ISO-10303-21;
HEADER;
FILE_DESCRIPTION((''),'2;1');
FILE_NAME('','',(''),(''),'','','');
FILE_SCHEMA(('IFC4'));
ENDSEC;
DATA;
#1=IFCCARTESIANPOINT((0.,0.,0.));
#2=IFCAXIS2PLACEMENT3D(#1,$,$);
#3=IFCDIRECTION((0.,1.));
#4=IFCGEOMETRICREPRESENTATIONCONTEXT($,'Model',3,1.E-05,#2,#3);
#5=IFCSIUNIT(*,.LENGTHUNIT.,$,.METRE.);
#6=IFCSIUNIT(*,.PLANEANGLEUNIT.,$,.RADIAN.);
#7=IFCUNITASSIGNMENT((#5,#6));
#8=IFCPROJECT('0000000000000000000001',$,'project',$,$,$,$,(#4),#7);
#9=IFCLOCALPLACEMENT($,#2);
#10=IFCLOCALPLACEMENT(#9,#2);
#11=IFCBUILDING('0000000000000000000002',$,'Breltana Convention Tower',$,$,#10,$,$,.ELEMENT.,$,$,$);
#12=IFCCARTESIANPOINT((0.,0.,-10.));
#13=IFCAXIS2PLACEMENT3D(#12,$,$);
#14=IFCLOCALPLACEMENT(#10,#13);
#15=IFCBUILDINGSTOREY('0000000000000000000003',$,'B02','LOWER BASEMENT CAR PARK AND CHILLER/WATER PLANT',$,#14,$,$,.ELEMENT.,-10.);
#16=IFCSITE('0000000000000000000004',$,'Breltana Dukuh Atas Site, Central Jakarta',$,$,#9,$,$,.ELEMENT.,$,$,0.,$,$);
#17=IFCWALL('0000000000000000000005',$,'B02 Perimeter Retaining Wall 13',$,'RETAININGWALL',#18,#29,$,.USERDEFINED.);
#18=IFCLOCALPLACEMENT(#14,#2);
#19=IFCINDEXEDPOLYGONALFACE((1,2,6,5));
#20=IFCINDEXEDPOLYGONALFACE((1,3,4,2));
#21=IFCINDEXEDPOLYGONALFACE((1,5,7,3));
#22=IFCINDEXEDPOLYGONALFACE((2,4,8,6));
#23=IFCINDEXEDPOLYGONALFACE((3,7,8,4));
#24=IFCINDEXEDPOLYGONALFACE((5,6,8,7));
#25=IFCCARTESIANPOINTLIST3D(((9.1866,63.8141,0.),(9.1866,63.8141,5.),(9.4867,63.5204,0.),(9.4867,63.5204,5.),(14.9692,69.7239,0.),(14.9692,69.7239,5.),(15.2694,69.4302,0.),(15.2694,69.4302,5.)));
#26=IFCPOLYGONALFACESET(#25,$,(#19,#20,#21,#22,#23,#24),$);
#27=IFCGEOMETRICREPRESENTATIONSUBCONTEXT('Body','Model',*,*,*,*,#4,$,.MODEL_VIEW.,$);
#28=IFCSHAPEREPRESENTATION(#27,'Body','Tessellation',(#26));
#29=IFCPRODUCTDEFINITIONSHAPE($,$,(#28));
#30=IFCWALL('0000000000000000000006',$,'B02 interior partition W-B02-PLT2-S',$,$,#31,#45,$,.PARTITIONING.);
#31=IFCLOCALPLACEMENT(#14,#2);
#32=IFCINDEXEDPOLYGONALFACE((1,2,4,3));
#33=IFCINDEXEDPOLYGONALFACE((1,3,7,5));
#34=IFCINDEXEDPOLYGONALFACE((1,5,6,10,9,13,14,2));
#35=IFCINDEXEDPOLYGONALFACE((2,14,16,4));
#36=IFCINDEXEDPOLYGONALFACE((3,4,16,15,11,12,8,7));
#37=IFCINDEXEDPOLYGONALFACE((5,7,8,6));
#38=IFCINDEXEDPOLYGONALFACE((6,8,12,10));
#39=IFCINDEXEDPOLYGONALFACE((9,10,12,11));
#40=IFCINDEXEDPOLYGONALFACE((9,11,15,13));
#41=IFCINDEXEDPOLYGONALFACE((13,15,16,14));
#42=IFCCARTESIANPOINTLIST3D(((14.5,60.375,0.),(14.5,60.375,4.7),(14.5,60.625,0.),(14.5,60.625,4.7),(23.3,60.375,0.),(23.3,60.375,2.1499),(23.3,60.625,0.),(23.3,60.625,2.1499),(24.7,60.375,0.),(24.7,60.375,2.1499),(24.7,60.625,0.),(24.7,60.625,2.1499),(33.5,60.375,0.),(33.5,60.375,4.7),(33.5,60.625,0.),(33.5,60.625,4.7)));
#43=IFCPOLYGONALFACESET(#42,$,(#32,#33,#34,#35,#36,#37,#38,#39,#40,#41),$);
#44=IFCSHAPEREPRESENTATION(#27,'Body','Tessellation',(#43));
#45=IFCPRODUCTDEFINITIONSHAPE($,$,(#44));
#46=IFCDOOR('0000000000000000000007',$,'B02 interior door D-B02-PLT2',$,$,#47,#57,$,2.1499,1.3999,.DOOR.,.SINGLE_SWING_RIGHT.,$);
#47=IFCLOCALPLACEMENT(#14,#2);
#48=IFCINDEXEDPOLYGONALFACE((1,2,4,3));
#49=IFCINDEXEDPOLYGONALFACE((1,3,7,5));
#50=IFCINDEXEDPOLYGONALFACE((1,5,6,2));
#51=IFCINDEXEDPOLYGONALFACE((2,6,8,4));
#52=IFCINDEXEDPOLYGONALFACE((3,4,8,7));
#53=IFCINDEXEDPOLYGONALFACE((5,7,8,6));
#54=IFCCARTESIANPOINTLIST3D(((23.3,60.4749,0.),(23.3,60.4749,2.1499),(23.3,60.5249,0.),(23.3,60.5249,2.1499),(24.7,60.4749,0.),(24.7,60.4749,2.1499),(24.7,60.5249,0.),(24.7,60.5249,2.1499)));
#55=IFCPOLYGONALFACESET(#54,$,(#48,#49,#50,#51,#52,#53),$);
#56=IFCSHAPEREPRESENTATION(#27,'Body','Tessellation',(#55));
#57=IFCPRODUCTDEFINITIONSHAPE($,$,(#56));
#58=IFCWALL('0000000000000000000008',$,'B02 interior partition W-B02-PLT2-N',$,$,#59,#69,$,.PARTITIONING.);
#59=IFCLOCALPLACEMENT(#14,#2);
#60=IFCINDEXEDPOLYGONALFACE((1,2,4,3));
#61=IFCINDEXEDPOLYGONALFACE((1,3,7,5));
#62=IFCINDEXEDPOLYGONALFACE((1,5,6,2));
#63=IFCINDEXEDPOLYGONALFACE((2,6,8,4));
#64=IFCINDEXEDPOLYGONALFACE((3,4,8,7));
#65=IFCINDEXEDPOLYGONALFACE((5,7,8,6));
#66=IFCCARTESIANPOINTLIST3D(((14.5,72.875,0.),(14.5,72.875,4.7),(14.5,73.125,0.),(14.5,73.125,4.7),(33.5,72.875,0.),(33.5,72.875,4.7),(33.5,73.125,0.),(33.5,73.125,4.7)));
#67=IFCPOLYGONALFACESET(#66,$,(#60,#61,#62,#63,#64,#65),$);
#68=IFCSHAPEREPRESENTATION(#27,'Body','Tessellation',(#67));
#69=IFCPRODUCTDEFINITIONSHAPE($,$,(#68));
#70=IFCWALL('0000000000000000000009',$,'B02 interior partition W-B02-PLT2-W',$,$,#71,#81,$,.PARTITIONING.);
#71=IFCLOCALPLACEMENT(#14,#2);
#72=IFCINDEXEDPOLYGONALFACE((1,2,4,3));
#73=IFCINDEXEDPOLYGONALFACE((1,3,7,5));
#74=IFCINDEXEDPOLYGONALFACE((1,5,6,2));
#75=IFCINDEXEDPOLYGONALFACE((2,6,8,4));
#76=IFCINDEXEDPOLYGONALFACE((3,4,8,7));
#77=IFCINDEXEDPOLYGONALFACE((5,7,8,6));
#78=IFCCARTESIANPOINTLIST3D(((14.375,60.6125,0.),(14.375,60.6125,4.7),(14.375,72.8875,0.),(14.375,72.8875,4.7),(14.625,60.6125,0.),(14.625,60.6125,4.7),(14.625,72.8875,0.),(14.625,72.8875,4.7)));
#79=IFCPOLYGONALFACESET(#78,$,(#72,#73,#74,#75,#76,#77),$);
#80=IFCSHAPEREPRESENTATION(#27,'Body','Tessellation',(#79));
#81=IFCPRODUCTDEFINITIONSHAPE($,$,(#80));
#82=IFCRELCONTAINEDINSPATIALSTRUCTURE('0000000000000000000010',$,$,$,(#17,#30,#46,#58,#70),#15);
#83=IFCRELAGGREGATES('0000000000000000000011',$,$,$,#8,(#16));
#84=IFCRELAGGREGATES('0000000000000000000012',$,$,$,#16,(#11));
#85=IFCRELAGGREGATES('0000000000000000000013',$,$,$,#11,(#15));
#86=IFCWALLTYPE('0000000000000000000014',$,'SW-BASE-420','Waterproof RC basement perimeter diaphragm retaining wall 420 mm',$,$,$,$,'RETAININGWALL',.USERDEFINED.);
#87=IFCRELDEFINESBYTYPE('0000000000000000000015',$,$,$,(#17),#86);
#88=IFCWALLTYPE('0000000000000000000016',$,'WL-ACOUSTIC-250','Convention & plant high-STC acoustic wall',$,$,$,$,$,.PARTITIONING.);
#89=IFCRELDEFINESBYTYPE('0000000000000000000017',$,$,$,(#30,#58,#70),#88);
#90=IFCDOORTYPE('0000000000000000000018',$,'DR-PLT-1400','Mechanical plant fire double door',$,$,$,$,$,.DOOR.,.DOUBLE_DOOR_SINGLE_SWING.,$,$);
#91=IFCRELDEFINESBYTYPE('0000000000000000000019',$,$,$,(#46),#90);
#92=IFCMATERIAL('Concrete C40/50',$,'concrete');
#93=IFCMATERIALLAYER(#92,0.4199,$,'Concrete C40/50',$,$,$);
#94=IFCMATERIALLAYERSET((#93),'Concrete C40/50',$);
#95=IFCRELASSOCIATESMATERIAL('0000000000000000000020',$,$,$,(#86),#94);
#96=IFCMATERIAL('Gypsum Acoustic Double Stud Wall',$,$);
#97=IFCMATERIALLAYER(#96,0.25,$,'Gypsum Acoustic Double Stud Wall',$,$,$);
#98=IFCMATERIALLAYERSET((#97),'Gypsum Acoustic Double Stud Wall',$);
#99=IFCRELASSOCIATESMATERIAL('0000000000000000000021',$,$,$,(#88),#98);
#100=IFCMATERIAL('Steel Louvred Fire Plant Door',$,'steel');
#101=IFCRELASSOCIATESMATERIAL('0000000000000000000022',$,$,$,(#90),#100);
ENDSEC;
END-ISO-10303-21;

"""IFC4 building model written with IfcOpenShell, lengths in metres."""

from ifc_helpers import new_model, si_unit, direction, frame, frame_2d, origin, place, context, subcontext, project, spatial, rectangle, extrude, source, transform, mapped, material, layer, layer_set, type_object, type_shapes, element, fill, save


model = new_model("IFC4")

# Units and contexts
model_context = context("Model", 3, precision=1e-05, world=origin(), true_north=direction((0.0, 1.0)))
body_context = subcontext(model_context, "Body", "Model", "MODEL_VIEW")
ifc_project = project(units=[si_unit("LENGTHUNIT", "METRE"), si_unit("PLANEANGLEUNIT", "RADIAN")], contexts=[model_context])

# Site, building, storey
site_placement = place(None, origin())
site = spatial("IfcSite", under=ifc_project, at=site_placement, Name="Breltana Dukuh Atas Site, Central Jakarta", CompositionType="ELEMENT", RefElevation=0.0)
building_placement = place(site_placement, origin())
building = spatial("IfcBuilding", under=site, at=building_placement, Name="Breltana Convention Tower", CompositionType="ELEMENT")
storey_placement = place(building_placement, frame((0.0, 0.0, -10.0)))
storey = spatial("IfcBuildingStorey", under=building, at=storey_placement, Name="B02", Description="LOWER BASEMENT CAR PARK AND CHILLER/WATER PLANT", CompositionType="ELEMENT", Elevation=-10.0)

# Shared definitions
ifc_material_1 = material(Name="Concrete C40/50", Category="concrete")

# Wall
ifc_layer_1 = layer(ifc_material_1, 0.4199, Name="Concrete C40/50")
ifc_layer_set_1 = layer_set([ifc_layer_1], Name="Concrete C40/50")
wall_type_1 = type_object("IfcWallType", Name="SW-BASE-420", Description="Waterproof RC basement perimeter diaphragm retaining wall 420 mm", ElementType="RETAININGWALL", PredefinedType="USERDEFINED", material=ifc_layer_set_1)
shared_shape_1 = source(origin(), body_context, "Body", "SweptSolid", [
    extrude(rectangle(XDim=8.2683, YDim=0.4199, at=frame_2d((4.1343, 0.0))), origin(), (0.0, 0.0, 1.0), 5.0),
])
wall_1_placement = place(storey_placement, frame((15.1194, 69.5771, 0.0), z_axis=(0.0, 0.0, 1.0), x_axis=(-0.699373, -0.714757, 0.0)))
element("IfcWall", 1, at=wall_1_placement, inside=storey, type_object=wall_type_1, Name="B02 Perimeter Retaining Wall 13", ObjectType="RETAININGWALL", PredefinedType="USERDEFINED", context=body_context, shape_type="MappedRepresentation", body=[
    mapped(shared_shape_1, transform((0.0, 0.0, 0.0), scale=1.0)),
])

# Wall, opening, door
ifc_material_2 = material(Name="Gypsum Acoustic Double Stud Wall")
ifc_layer_2 = layer(ifc_material_2, 0.25, Name="Gypsum Acoustic Double Stud Wall")
ifc_layer_set_2 = layer_set([ifc_layer_2], Name="Gypsum Acoustic Double Stud Wall")
wall_type_2 = type_object("IfcWallType", Name="WL-ACOUSTIC-250", Description="Convention & plant high-STC acoustic wall", PredefinedType="PARTITIONING", material=ifc_layer_set_2)
shared_shape_2 = source(origin(), body_context, "Body", "SweptSolid", [
    extrude(rectangle(XDim=19.0, YDim=0.25, at=frame_2d((9.5, 0.0))), origin(), (0.0, 0.0, 1.0), 4.7),
])
wall_2_placement = place(storey_placement, frame((14.5, 60.5, 0.0), z_axis=(0.0, 0.0, 1.0), x_axis=(1.0, 0.0, 0.0)))
wall_2 = element("IfcWall", 2, at=wall_2_placement, inside=storey, type_object=wall_type_2, Name="B02 interior partition W-B02-PLT2-S", PredefinedType="PARTITIONING", context=body_context, shape_type="MappedRepresentation", body=[
    mapped(shared_shape_2, transform((0.0, 0.0, 0.0), scale=1.0)),
])
opening_placement = place(wall_2_placement, frame((8.8, 0.0, 0.0)))
opening = element("IfcOpeningElement", 3, at=opening_placement, cuts=wall_2, PredefinedType="OPENING", context=body_context, shape_type="SweptSolid", body=[
    extrude(rectangle(XDim=1.3999, YDim=2.1499, at=frame_2d((0.7, 1.075))), frame((0.0, 0.135, 0.0), z_axis=(0.0, -1.0, 0.0), x_axis=(1.0, 0.0, 0.0)), (0.0, 0.0, 1.0), 0.27),
])
ifc_material_3 = material(Name="Steel Louvred Fire Plant Door", Category="steel")
door_type = type_object("IfcDoorType", Name="DR-PLT-1400", Description="Mechanical plant fire double door", OperationType="DOUBLE_DOOR_SINGLE_SWING", PredefinedType="DOOR", material=ifc_material_3)
shared_shape_3 = source(origin(), body_context, "Body", "SweptSolid", [
    extrude(rectangle(XDim=1.3999, YDim=2.1499, at=frame_2d((0.7, 1.075))), frame((0.0, 0.0249, 0.0), z_axis=(0.0, -1.0, 0.0), x_axis=(1.0, 0.0, 0.0)), (0.0, 0.0, 1.0), 0.05),
])
type_shapes(door_type, [shared_shape_3])
door_placement = place(opening_placement, origin())
door = element("IfcDoor", 4, at=door_placement, inside=storey, type_object=door_type, Name="B02 interior door D-B02-PLT2", OperationType="SINGLE_SWING_RIGHT", OverallHeight=2.1499, OverallWidth=1.3999, PredefinedType="DOOR", context=body_context, shape_type="MappedRepresentation", body=[
    mapped(shared_shape_3, transform((0.0, 0.0, 0.0), scale=1.0)),
])
fill(opening, door)

# Walls
wall_3_placement = place(storey_placement, frame((14.5, 73.0, 0.0), z_axis=(0.0, 0.0, 1.0), x_axis=(1.0, 0.0, 0.0)))
element("IfcWall", 5, at=wall_3_placement, inside=storey, type_object=wall_type_2, Name="B02 interior partition W-B02-PLT2-N", PredefinedType="PARTITIONING", context=body_context, shape_type="MappedRepresentation", body=[
    mapped(shared_shape_2, transform((0.0, 0.0, 0.0), scale=1.0)),
])
shared_shape_4 = source(origin(), body_context, "Body", "SweptSolid", [
    extrude(rectangle(XDim=12.2749, YDim=0.25, at=frame_2d((6.1375, 0.0))), origin(), (0.0, 0.0, 1.0), 4.7),
])
wall_4_placement = place(storey_placement, frame((14.5, 60.6125, 0.0), z_axis=(0.0, 0.0, 1.0), x_axis=(0.0, 1.0, 0.0)))
element("IfcWall", 6, at=wall_4_placement, inside=storey, type_object=wall_type_2, Name="B02 interior partition W-B02-PLT2-W", PredefinedType="PARTITIONING", context=body_context, shape_type="MappedRepresentation", body=[
    mapped(shared_shape_4, transform((0.0, 0.0, 0.0), scale=1.0)),
])

save(model, "model.ifc")
